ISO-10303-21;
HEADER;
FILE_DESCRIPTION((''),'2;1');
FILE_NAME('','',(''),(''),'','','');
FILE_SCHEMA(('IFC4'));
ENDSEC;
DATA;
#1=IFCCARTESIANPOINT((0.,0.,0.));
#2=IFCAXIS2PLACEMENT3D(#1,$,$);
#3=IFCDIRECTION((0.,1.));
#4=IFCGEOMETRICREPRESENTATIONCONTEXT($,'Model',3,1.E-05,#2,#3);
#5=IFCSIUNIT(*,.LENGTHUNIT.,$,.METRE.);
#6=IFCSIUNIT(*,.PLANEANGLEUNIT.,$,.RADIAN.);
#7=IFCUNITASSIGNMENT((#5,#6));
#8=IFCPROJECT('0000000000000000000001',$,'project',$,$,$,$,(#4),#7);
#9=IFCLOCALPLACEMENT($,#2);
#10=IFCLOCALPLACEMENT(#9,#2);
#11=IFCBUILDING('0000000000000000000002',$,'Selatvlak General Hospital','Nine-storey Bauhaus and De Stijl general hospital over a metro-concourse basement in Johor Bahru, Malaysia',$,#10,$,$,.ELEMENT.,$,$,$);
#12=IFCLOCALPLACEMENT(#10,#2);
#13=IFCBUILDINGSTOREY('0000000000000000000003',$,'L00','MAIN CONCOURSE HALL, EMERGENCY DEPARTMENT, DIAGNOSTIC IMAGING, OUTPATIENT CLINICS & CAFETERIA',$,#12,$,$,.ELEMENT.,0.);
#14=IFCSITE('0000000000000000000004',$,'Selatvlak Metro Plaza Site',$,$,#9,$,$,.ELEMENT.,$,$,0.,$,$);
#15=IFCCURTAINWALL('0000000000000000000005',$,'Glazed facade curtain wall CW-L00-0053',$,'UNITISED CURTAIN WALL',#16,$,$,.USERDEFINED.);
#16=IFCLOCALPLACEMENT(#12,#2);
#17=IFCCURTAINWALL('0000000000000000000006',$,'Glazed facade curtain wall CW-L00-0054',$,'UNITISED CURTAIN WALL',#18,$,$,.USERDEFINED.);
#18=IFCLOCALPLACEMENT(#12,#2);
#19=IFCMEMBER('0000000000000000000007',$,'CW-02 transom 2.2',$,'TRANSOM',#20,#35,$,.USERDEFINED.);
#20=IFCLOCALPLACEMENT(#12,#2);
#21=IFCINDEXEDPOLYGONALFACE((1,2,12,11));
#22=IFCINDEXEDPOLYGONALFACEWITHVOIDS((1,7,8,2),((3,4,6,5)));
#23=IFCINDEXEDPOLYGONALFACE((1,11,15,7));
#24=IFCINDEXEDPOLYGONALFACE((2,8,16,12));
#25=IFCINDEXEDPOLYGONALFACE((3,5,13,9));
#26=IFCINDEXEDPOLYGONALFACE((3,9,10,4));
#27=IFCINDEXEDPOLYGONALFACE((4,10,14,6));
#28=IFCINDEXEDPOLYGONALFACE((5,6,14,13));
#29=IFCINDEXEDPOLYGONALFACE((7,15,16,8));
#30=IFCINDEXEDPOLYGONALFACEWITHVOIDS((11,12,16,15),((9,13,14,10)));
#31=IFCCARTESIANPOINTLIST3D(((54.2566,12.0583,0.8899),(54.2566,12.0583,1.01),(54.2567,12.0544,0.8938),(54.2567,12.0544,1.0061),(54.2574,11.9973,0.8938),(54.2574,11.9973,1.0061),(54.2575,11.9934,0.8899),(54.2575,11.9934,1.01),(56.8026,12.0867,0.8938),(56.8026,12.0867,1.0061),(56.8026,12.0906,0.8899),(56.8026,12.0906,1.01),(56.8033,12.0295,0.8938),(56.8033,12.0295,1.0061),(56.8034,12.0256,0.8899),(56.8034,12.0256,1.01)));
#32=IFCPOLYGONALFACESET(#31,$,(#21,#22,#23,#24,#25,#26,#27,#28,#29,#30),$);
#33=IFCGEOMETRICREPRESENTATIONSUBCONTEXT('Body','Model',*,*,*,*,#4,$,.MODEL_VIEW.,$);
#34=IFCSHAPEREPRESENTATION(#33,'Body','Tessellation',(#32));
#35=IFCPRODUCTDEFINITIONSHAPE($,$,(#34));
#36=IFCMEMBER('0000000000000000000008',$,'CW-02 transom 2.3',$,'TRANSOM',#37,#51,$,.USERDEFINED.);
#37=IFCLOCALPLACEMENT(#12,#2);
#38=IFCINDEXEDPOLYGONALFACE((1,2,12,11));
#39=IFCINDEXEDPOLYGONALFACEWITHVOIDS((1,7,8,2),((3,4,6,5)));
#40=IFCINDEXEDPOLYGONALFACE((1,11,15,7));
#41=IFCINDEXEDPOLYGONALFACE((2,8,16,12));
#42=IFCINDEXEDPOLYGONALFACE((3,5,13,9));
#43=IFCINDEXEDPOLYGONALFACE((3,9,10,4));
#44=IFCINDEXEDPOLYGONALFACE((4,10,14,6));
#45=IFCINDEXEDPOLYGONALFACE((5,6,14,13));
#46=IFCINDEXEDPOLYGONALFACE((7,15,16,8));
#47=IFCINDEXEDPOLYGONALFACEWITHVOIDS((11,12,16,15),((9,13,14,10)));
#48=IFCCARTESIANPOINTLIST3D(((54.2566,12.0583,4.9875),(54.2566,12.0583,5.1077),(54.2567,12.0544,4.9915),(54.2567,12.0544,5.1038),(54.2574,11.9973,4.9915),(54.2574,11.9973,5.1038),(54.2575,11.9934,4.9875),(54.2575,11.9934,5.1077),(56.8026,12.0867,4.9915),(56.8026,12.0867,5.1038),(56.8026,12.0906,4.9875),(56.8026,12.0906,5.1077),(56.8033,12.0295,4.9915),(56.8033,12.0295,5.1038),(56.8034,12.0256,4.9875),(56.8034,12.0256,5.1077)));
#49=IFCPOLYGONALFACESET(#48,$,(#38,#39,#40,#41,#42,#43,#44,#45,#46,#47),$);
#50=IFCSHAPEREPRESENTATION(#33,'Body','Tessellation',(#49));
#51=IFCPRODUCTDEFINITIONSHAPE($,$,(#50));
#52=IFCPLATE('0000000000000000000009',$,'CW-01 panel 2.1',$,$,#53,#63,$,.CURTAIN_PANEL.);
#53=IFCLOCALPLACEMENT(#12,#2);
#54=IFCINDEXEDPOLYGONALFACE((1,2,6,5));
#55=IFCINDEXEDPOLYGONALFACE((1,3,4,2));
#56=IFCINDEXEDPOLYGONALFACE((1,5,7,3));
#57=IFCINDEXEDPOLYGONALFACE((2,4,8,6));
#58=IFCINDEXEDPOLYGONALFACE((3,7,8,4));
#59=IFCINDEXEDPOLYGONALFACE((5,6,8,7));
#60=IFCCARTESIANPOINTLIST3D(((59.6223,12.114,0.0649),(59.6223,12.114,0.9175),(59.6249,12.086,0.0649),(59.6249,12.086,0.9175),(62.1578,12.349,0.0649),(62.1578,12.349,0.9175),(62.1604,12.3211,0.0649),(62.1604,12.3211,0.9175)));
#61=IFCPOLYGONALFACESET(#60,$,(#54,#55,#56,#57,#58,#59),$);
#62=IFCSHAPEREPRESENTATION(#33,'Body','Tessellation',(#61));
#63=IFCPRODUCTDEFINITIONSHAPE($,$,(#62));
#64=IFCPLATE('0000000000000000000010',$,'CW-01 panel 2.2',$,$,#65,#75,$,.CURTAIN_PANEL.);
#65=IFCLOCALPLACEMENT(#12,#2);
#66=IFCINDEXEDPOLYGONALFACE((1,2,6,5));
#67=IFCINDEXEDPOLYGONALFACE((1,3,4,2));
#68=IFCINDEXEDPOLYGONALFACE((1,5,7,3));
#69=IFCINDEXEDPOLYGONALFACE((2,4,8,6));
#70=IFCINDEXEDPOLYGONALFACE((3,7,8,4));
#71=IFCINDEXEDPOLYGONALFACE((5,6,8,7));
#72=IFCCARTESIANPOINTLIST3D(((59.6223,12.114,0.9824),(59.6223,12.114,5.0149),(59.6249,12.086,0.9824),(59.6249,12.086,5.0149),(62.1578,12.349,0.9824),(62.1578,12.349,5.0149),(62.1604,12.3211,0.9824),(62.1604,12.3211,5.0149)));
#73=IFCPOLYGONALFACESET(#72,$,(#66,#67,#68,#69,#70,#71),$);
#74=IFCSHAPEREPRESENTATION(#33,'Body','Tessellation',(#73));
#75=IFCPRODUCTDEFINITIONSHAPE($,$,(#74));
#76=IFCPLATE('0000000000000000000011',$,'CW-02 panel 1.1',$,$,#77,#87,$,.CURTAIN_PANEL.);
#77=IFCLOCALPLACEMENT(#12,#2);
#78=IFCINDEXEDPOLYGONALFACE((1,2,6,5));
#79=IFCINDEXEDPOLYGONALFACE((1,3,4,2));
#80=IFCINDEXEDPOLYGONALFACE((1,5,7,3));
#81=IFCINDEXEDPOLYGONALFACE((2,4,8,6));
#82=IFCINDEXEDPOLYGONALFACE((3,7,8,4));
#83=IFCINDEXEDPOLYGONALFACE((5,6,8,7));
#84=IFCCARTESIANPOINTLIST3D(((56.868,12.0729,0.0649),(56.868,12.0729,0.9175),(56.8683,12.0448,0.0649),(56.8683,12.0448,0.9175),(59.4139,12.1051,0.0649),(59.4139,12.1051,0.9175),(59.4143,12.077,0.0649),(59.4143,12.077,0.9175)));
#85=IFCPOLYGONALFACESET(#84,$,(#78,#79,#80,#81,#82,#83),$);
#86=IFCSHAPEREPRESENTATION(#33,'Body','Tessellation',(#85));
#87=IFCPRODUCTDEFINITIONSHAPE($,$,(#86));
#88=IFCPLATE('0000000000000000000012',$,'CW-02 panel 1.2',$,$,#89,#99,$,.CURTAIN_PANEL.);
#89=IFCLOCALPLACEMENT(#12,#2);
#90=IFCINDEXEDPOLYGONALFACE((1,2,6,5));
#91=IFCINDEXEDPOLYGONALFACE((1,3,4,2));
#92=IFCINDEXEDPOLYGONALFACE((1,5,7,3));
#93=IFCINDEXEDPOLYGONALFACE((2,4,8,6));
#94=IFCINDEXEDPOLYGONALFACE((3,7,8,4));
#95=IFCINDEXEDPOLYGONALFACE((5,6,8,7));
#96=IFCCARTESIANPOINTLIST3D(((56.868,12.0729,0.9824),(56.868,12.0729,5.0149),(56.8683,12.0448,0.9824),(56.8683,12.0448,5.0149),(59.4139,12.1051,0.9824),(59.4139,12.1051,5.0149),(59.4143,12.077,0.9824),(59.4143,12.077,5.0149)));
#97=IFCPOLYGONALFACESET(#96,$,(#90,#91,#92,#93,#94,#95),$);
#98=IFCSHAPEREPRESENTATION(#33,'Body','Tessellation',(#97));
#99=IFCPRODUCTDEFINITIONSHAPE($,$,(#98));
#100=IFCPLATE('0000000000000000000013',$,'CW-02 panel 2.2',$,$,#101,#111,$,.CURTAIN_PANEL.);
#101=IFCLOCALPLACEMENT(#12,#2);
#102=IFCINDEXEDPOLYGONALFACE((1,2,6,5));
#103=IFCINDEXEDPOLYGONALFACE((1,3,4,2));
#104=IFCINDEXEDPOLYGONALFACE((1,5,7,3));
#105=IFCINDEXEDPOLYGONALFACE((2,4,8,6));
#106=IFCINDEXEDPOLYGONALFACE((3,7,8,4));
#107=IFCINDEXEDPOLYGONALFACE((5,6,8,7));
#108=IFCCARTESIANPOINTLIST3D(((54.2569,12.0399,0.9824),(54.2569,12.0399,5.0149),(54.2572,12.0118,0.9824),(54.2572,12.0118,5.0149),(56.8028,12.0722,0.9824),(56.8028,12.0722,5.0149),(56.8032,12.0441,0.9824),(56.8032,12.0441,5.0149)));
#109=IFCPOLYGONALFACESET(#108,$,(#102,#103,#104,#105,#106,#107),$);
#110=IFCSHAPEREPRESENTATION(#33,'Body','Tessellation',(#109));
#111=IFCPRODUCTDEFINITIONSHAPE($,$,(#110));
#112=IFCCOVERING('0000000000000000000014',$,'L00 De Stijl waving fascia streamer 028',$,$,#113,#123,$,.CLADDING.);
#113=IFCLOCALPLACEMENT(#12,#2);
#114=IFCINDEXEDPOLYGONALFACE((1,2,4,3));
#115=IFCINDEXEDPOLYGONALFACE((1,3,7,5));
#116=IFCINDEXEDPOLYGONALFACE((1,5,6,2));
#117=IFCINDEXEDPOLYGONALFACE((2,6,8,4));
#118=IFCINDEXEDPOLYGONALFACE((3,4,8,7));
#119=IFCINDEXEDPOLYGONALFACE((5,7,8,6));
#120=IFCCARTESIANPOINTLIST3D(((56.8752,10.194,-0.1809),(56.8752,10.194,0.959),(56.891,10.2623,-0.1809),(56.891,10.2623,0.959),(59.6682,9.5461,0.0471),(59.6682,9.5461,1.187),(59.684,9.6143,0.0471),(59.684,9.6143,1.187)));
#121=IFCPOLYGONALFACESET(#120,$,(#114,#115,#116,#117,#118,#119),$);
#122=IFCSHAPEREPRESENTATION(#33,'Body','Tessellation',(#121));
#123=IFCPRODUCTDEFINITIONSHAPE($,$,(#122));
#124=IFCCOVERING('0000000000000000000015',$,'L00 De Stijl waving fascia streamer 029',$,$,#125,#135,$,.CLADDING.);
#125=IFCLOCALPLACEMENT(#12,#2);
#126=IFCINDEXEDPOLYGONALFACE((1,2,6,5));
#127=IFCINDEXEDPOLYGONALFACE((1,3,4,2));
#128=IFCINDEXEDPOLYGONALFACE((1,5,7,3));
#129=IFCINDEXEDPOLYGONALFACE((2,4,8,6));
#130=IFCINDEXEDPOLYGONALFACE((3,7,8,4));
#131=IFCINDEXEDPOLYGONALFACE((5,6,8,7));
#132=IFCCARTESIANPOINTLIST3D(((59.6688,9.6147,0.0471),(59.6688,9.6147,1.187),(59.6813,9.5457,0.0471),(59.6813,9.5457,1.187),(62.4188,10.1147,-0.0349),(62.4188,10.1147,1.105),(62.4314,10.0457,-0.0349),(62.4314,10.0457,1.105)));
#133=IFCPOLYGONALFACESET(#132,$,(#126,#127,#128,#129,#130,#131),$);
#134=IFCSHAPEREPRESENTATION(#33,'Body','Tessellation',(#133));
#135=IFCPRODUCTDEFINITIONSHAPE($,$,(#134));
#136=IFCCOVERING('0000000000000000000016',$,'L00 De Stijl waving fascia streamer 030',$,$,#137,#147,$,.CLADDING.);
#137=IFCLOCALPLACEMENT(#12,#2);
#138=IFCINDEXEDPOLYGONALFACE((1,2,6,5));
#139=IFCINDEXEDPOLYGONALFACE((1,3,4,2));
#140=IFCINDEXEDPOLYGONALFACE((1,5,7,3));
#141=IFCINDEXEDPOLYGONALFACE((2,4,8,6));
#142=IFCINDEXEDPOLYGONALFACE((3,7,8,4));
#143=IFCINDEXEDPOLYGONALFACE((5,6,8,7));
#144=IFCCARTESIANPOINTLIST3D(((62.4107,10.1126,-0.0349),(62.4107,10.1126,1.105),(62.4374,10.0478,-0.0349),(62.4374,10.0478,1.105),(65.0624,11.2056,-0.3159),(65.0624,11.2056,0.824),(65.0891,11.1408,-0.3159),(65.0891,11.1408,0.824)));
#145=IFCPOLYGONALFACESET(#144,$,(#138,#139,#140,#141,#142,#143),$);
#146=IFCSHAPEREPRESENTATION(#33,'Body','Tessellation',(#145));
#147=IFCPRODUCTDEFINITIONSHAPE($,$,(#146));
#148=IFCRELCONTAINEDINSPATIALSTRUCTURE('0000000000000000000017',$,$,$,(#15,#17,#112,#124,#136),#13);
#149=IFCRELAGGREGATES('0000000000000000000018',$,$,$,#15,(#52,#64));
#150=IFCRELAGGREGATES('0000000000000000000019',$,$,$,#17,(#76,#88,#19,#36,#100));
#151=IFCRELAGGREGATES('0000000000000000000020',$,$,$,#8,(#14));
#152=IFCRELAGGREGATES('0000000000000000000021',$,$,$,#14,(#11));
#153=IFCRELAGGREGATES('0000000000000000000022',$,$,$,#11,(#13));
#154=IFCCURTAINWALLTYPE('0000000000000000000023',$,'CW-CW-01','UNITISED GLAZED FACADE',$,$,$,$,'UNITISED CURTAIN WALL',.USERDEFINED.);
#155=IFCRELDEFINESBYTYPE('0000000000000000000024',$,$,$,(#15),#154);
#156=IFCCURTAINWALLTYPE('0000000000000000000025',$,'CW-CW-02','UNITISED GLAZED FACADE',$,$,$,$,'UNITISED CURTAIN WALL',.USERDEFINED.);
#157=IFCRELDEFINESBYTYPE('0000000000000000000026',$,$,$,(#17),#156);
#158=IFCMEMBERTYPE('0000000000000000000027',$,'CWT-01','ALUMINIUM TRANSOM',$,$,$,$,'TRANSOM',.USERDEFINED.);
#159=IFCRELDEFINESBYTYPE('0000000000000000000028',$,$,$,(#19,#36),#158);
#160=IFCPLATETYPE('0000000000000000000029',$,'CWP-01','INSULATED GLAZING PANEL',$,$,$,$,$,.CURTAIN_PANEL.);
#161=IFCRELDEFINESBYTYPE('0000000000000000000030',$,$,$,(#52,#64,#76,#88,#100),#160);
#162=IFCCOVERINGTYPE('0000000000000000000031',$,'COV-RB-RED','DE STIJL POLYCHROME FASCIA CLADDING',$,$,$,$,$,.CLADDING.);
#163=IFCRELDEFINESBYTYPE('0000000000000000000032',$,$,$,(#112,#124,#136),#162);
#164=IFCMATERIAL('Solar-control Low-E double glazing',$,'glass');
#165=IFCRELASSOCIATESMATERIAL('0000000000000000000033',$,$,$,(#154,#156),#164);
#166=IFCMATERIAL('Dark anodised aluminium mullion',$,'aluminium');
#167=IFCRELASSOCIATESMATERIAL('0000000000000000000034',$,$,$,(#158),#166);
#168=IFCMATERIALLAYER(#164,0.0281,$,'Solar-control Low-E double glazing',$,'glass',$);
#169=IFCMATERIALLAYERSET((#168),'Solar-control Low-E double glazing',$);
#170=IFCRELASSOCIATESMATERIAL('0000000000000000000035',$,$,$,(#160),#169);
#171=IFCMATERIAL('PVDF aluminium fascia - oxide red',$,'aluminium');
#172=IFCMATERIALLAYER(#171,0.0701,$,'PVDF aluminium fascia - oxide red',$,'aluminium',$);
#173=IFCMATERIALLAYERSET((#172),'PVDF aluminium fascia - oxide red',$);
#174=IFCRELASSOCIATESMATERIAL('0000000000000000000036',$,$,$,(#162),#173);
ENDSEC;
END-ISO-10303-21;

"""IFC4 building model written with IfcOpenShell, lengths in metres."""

from ifc_helpers import new_model, si_unit, direction, frame, origin, origin_2d, place, context, subcontext, project, spatial, polyline, rectangle, hollow_rectangle, outline, extrude, material, layer, layer_set, material_profile, profile_set, type_object, element, aggregate, save


model = new_model("IFC4")

# Units and contexts
model_context = context("Model", 3, precision=1e-05, world=origin(), true_north=direction((0.0, 1.0)))
body_context = subcontext(model_context, "Body", "Model", "MODEL_VIEW")
ifc_project = project(units=[si_unit("LENGTHUNIT", "METRE"), si_unit("PLANEANGLEUNIT", "RADIAN")], contexts=[model_context])

# Site, building, storey
site_placement = place(None, origin())
site = spatial("IfcSite", under=ifc_project, at=site_placement, Name="Selatvlak Metro Plaza Site", CompositionType="ELEMENT", RefElevation=0.0)
building_placement = place(site_placement, origin())
building = spatial("IfcBuilding", under=site, at=building_placement, Name="Selatvlak General Hospital", Description="Nine-storey Bauhaus and De Stijl general hospital over a metro-concourse basement in Johor Bahru, Malaysia", CompositionType="ELEMENT")
storey_placement = place(building_placement, origin())
storey = spatial("IfcBuildingStorey", under=building, at=storey_placement, Name="L00", Description="MAIN CONCOURSE HALL, EMERGENCY DEPARTMENT, DIAGNOSTIC IMAGING, OUTPATIENT CLINICS & CAFETERIA", CompositionType="ELEMENT", Elevation=0.0)

# Curtain walls
ifc_material_1 = material(Name="Solar-control Low-E double glazing", Category="glass")
curtain_wall_type_1 = type_object("IfcCurtainWallType", Name="CW-CW-01", Description="UNITISED GLAZED FACADE", ElementType="UNITISED CURTAIN WALL", PredefinedType="USERDEFINED", material=ifc_material_1)
curtain_wall_1_placement = place(storey_placement, origin())
curtain_wall_1 = element("IfcCurtainWall", 1, at=curtain_wall_1_placement, inside=storey, type_object=curtain_wall_type_1, Name="Glazed facade curtain wall CW-L00-0053", ObjectType="UNITISED CURTAIN WALL", PredefinedType="USERDEFINED")
ifc_material_2 = material(Name="Dark anodised aluminium mullion", Category="aluminium")
curtain_wall_type_2 = type_object("IfcCurtainWallType", Name="CW-CW-02", Description="UNITISED GLAZED FACADE", ElementType="UNITISED CURTAIN WALL", PredefinedType="USERDEFINED", material=ifc_material_1)
curtain_wall_2_placement = place(storey_placement, origin())
curtain_wall_2 = element("IfcCurtainWall", 2, at=curtain_wall_2_placement, inside=storey, type_object=curtain_wall_type_2, Name="Glazed facade curtain wall CW-L00-0054", ObjectType="UNITISED CURTAIN WALL", PredefinedType="USERDEFINED")

# Members
ifc_material_profile_1 = material_profile(ifc_material_2, hollow_rectangle(XDim=0.0649, YDim=0.1201, WallThickness=0.0039, at=origin_2d()), Name="AL-TRN 65x120x4")
ifc_profile_set_1 = profile_set([ifc_material_profile_1], Name="Dark anodised aluminium mullion")
member_type_1 = type_object("IfcMemberType", Name="CWT-01", Description="ALUMINIUM TRANSOM", ElementType="TRANSOM", PredefinedType="USERDEFINED", material=ifc_profile_set_1)
member_1_placement = place(storey_placement, frame((56.803, 12.0581, 0.95), z_axis=(-0.99992, -0.012657, 0.0), x_axis=(0.012657, -0.99992, 0.0)))
member_1 = element("IfcMember", 3, at=member_1_placement, type_object=member_type_1, Name="CW-02 transom 2.2", ObjectType="TRANSOM", PredefinedType="USERDEFINED", context=body_context, shape_type="SweptSolid", body=[
    extrude(hollow_rectangle(XDim=0.0649, YDim=0.1201, WallThickness=0.0039, at=origin_2d()), origin(), (0.0, 0.0, 1.0), 2.5461),
])
member_2_placement = place(storey_placement, frame((56.803, 12.0581, 5.0476), z_axis=(-0.99992, -0.012657, 0.0), x_axis=(0.012657, -0.99992, 0.0)))
member_2 = element("IfcMember", 4, at=member_2_placement, type_object=member_type_1, Name="CW-02 transom 2.3", ObjectType="TRANSOM", PredefinedType="USERDEFINED", context=body_context, shape_type="SweptSolid", body=[
    extrude(hollow_rectangle(XDim=0.0649, YDim=0.1201, WallThickness=0.0039, at=origin_2d()), origin(), (0.0, 0.0, 1.0), 2.5461),
])

# Plates
ifc_layer_1 = layer(ifc_material_1, 0.0281, Name="Solar-control Low-E double glazing", Category="glass")
ifc_layer_set_1 = layer_set([ifc_layer_1], Name="Solar-control Low-E double glazing")
plate_type = type_object("IfcPlateType", Name="CWP-01", Description="INSULATED GLAZING PANEL", PredefinedType="CURTAIN_PANEL", material=ifc_layer_set_1)
plate_1_placement = place(storey_placement, frame((60.8914, 12.2175, 0.0649), z_axis=(0.0, 0.0, 1.0), x_axis=(-0.995732, -0.092292, 0.0)))
plate_1 = element("IfcPlate", 5, at=plate_1_placement, type_object=plate_type, Name="CW-01 panel 2.1", PredefinedType="CURTAIN_PANEL", context=body_context, shape_type="SweptSolid", body=[
    extrude(rectangle(XDim=2.5464, YDim=0.0281, at=origin_2d()), origin(), (0.0, 0.0, 1.0), 0.8525),
])
plate_2_placement = place(storey_placement, frame((60.8914, 12.2175, 0.9824), z_axis=(0.0, 0.0, 1.0), x_axis=(-0.995732, -0.092292, 0.0)))
plate_2 = element("IfcPlate", 6, at=plate_2_placement, type_object=plate_type, Name="CW-01 panel 2.2", PredefinedType="CURTAIN_PANEL", context=body_context, shape_type="SweptSolid", body=[
    extrude(rectangle(XDim=2.5464, YDim=0.0281, at=origin_2d()), origin(), (0.0, 0.0, 1.0), 4.0325),
])
aggregate(curtain_wall_1, [plate_1, plate_2])
plate_3_placement = place(storey_placement, frame((58.1411, 12.075, 0.0649), z_axis=(0.0, 0.0, 1.0), x_axis=(-0.99992, -0.012672, 0.0)))
plate_3 = element("IfcPlate", 7, at=plate_3_placement, type_object=plate_type, Name="CW-02 panel 1.1", PredefinedType="CURTAIN_PANEL", context=body_context, shape_type="SweptSolid", body=[
    extrude(rectangle(XDim=2.5461, YDim=0.0281, at=origin_2d()), origin(), (0.0, 0.0, 1.0), 0.8525),
])
plate_4_placement = place(storey_placement, frame((58.1411, 12.075, 0.9824), z_axis=(0.0, 0.0, 1.0), x_axis=(-0.99992, -0.012672, 0.0)))
plate_4 = element("IfcPlate", 8, at=plate_4_placement, type_object=plate_type, Name="CW-02 panel 1.2", PredefinedType="CURTAIN_PANEL", context=body_context, shape_type="SweptSolid", body=[
    extrude(rectangle(XDim=2.5461, YDim=0.0281, at=origin_2d()), origin(), (0.0, 0.0, 1.0), 4.0325),
])
plate_5_placement = place(storey_placement, frame((55.53, 12.042, 0.9824), z_axis=(0.0, 0.0, 1.0), x_axis=(-0.99992, -0.012672, 0.0)))
plate_5 = element("IfcPlate", 9, at=plate_5_placement, type_object=plate_type, Name="CW-02 panel 2.2", PredefinedType="CURTAIN_PANEL", context=body_context, shape_type="SweptSolid", body=[
    extrude(rectangle(XDim=2.5461, YDim=0.0281, at=origin_2d()), origin(), (0.0, 0.0, 1.0), 4.0325),
])
aggregate(curtain_wall_2, [plate_3, plate_4, member_1, member_2, plate_5])

# Coverings
ifc_material_3 = material(Name="PVDF aluminium fascia - oxide red", Category="aluminium")
ifc_layer_2 = layer(ifc_material_3, 0.0701, Name="PVDF aluminium fascia - oxide red", Category="aluminium")
ifc_layer_set_2 = layer_set([ifc_layer_2], Name="PVDF aluminium fascia - oxide red")
covering_type = type_object("IfcCoveringType", Name="COV-RB-RED", Description="DE STIJL POLYCHROME FASCIA CLADDING", PredefinedType="CLADDING", material=ifc_layer_set_2)
covering_1_placement = place(storey_placement, frame((56.8831, 10.228, -0.1809), z_axis=(0.0, 0.0, 1.0), x_axis=(0.974129, -0.225991, 0.0)))
element("IfcCovering", 10, at=covering_1_placement, inside=storey, type_object=covering_type, Name="L00 De Stijl waving fascia streamer 028", PredefinedType="CLADDING", context=body_context, shape_type="SweptSolid", body=[
    extrude(outline(polyline([(0.0, 0.0), (2.8672, 0.228), (2.8672, 1.3679), (0.0, 1.1399), (0.0, 0.0)])), frame((0.0, 0.0352, 0.0), z_axis=(0.0, -1.0, 0.0), x_axis=(1.0, 0.0, 0.0)), (0.0, 0.0, 1.0), 0.0701),
])
covering_2_placement = place(storey_placement, frame((59.675, 9.5801, 0.0471), z_axis=(0.0, 0.0, 1.0), x_axis=(0.98387, 0.178885, 0.0)))
element("IfcCovering", 11, at=covering_2_placement, inside=storey, type_object=covering_type, Name="L00 De Stijl waving fascia streamer 029", PredefinedType="CLADDING", context=body_context, shape_type="SweptSolid", body=[
    extrude(outline(polyline([(0.0, 0.0), (2.7952, -0.082), (2.7952, 1.0579), (0.0, 1.1399), (0.0, 0.0)])), frame((0.0, 0.0352, 0.0), z_axis=(0.0, -1.0, 0.0), x_axis=(1.0, 0.0, 0.0)), (0.0, 0.0, 1.0), 0.0701),
])
covering_3_placement = place(storey_placement, frame((62.4241, 10.0801, -0.0349), z_axis=(0.0, 0.0, 1.0), x_axis=(0.924546, 0.381071, 0.0)))
element("IfcCovering", 12, at=covering_3_placement, inside=storey, type_object=covering_type, Name="L00 De Stijl waving fascia streamer 030", PredefinedType="CLADDING", context=body_context, shape_type="SweptSolid", body=[
    extrude(outline(polyline([(0.0, 0.0), (2.8682, -0.281), (2.8682, 0.8589), (0.0, 1.1399), (0.0, 0.0)])), frame((0.0, 0.0352, 0.0), z_axis=(0.0, -1.0, 0.0), x_axis=(1.0, 0.0, 0.0)), (0.0, 0.0, 1.0), 0.0701),
])

save(model, "model.ifc")
